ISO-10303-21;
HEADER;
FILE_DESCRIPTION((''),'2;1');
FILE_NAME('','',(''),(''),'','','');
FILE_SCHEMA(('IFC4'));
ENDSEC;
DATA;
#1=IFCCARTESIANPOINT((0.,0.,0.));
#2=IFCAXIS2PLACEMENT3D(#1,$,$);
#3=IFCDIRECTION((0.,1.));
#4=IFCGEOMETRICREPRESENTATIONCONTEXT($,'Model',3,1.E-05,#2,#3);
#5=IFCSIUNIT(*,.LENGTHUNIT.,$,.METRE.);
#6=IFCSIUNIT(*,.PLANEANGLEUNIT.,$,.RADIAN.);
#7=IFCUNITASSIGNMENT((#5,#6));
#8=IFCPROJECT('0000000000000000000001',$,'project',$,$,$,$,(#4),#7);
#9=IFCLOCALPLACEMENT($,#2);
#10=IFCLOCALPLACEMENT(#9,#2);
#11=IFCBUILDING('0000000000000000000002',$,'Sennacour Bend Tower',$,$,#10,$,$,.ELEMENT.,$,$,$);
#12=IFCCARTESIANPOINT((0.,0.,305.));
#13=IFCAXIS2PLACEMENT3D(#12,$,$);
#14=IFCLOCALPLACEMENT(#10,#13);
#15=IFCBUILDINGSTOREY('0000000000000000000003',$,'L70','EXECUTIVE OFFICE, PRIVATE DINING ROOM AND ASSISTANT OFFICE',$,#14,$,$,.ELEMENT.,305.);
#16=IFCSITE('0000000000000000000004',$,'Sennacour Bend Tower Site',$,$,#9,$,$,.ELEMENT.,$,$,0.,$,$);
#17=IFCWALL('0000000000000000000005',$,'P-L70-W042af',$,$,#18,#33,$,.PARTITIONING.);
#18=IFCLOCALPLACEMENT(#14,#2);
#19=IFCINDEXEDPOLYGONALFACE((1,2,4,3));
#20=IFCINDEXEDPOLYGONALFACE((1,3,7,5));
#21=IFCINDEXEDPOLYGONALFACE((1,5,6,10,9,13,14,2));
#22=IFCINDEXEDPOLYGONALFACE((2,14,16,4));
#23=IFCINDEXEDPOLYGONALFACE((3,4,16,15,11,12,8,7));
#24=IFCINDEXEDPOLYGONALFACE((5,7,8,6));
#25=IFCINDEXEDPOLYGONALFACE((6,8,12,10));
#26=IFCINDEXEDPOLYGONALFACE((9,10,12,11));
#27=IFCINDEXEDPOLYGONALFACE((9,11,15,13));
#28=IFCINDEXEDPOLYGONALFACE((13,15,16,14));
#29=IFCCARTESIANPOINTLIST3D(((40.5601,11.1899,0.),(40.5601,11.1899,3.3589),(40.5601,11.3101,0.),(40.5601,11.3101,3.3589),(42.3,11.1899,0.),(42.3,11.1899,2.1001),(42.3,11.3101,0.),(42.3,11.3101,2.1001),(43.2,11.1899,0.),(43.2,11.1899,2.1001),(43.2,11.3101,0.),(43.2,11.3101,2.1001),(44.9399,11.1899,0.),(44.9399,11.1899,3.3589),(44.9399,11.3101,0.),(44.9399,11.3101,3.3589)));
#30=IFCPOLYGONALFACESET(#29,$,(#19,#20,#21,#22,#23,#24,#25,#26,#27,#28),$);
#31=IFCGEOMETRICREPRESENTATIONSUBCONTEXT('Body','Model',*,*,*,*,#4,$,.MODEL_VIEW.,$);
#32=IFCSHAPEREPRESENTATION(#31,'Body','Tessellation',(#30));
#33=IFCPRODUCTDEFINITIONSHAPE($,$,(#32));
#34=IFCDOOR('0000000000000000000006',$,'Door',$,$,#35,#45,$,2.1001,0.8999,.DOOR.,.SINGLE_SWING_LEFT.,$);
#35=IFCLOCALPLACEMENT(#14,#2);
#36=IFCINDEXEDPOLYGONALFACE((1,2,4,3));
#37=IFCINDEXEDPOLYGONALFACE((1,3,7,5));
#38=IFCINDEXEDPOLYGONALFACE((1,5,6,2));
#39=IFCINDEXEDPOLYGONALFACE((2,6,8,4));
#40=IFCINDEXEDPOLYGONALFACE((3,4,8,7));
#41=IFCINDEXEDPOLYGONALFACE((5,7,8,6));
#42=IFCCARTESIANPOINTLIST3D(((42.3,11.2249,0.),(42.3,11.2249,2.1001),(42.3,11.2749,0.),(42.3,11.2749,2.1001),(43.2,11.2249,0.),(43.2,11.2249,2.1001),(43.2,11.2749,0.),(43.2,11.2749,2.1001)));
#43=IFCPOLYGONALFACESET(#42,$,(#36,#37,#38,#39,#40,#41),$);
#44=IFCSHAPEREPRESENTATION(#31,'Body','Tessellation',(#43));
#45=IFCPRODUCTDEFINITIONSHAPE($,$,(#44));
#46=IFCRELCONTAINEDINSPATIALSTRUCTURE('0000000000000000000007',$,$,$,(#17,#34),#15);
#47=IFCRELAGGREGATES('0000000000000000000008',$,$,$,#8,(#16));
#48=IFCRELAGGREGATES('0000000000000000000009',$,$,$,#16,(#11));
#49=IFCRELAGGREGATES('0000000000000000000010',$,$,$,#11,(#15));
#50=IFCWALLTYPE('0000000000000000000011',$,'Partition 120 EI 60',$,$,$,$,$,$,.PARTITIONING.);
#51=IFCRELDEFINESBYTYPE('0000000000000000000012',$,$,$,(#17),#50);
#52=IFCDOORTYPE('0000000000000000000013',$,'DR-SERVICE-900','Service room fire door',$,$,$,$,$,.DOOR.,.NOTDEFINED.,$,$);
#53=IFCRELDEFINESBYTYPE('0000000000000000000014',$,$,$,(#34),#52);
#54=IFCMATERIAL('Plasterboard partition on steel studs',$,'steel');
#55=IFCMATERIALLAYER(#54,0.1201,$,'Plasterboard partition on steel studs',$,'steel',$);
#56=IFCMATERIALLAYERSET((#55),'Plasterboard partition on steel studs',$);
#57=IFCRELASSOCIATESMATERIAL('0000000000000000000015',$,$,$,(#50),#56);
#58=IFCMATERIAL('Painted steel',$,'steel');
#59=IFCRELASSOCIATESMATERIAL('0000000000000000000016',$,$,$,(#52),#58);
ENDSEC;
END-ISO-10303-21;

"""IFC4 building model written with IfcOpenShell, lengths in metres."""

from ifc_helpers import new_model, si_unit, direction, frame, frame_2d, origin, place, context, subcontext, project, spatial, rectangle, extrude, material, layer, layer_set, type_object, element, fill, save


model = new_model("IFC4")

# Units and contexts
model_context = context("Model", 3, precision=1e-05, world=origin(), true_north=direction((0.0, 1.0)))
body_context = subcontext(model_context, "Body", "Model", "MODEL_VIEW")
ifc_project = project(units=[si_unit("LENGTHUNIT", "METRE"), si_unit("PLANEANGLEUNIT", "RADIAN")], contexts=[model_context])

# Site, building, storey
site_placement = place(None, origin())
site = spatial("IfcSite", under=ifc_project, at=site_placement, Name="Sennacour Bend Tower Site", CompositionType="ELEMENT", RefElevation=0.0)
building_placement = place(site_placement, origin())
building = spatial("IfcBuilding", under=site, at=building_placement, Name="Sennacour Bend Tower", CompositionType="ELEMENT")
storey_placement = place(building_placement, frame((0.0, 0.0, 305.0)))
storey = spatial("IfcBuildingStorey", under=building, at=storey_placement, Name="L70", Description="EXECUTIVE OFFICE, PRIVATE DINING ROOM AND ASSISTANT OFFICE", CompositionType="ELEMENT", Elevation=305.0)

# Shared definitions
ifc_material_1 = material(Name="Plasterboard partition on steel studs", Category="steel")

# Wall, opening, door
ifc_layer_1 = layer(ifc_material_1, 0.1201, Name="Plasterboard partition on steel studs", Category="steel")
ifc_layer_set_1 = layer_set([ifc_layer_1], Name="Plasterboard partition on steel studs")
wall_type_1 = type_object("IfcWallType", Name="Partition 120 EI 60", PredefinedType="PARTITIONING", material=ifc_layer_set_1)
ifc_material_2 = material(Name="Painted steel", Category="steel")
wall_1_placement = place(storey_placement, frame((40.5601, 11.25, 0.0), z_axis=(0.0, 0.0, 1.0), x_axis=(1.0, 0.0, 0.0)))
wall_1 = element("IfcWall", 1, at=wall_1_placement, inside=storey, type_object=wall_type_1, Name="P-L70-W042af", PredefinedType="PARTITIONING", context=body_context, shape_type="SweptSolid", body=[
    extrude(rectangle(XDim=4.3799, YDim=0.1201, at=frame_2d((2.1899, 0.0))), origin(), (0.0, 0.0, 1.0), 3.3589),
])
opening_1_placement = place(wall_1_placement, frame((1.74, 0.0, 0.0)))
opening_1 = element("IfcOpeningElement", 2, at=opening_1_placement, cuts=wall_1, PredefinedType="OPENING", context=body_context, shape_type="SweptSolid", body=[
    extrude(rectangle(XDim=0.8999, YDim=2.1001, at=frame_2d((0.45, 1.05))), frame((0.0, 0.0701, 0.0), z_axis=(0.0, -1.0, 0.0), x_axis=(1.0, 0.0, 0.0)), (0.0, 0.0, 1.0), 0.1401),
])
door_type_1 = type_object("IfcDoorType", Name="DR-SERVICE-900", Description="Service room fire door", OperationType="NOTDEFINED", PredefinedType="DOOR", material=ifc_material_2)
door_1_placement = place(opening_1_placement, origin())
door_1 = element("IfcDoor", 3, at=door_1_placement, inside=storey, type_object=door_type_1, Name="Door", OperationType="SINGLE_SWING_LEFT", OverallHeight=2.1001, OverallWidth=0.8999, PredefinedType="DOOR", context=body_context, shape_type="SweptSolid", body=[
    extrude(rectangle(XDim=0.8999, YDim=2.1001, at=frame_2d((0.45, 1.05))), frame((0.0, 0.0249, 0.0), z_axis=(0.0, -1.0, 0.0), x_axis=(1.0, 0.0, 0.0)), (0.0, 0.0, 1.0), 0.05),
])
fill(opening_1, door_1)

save(model, "model.ifc")
